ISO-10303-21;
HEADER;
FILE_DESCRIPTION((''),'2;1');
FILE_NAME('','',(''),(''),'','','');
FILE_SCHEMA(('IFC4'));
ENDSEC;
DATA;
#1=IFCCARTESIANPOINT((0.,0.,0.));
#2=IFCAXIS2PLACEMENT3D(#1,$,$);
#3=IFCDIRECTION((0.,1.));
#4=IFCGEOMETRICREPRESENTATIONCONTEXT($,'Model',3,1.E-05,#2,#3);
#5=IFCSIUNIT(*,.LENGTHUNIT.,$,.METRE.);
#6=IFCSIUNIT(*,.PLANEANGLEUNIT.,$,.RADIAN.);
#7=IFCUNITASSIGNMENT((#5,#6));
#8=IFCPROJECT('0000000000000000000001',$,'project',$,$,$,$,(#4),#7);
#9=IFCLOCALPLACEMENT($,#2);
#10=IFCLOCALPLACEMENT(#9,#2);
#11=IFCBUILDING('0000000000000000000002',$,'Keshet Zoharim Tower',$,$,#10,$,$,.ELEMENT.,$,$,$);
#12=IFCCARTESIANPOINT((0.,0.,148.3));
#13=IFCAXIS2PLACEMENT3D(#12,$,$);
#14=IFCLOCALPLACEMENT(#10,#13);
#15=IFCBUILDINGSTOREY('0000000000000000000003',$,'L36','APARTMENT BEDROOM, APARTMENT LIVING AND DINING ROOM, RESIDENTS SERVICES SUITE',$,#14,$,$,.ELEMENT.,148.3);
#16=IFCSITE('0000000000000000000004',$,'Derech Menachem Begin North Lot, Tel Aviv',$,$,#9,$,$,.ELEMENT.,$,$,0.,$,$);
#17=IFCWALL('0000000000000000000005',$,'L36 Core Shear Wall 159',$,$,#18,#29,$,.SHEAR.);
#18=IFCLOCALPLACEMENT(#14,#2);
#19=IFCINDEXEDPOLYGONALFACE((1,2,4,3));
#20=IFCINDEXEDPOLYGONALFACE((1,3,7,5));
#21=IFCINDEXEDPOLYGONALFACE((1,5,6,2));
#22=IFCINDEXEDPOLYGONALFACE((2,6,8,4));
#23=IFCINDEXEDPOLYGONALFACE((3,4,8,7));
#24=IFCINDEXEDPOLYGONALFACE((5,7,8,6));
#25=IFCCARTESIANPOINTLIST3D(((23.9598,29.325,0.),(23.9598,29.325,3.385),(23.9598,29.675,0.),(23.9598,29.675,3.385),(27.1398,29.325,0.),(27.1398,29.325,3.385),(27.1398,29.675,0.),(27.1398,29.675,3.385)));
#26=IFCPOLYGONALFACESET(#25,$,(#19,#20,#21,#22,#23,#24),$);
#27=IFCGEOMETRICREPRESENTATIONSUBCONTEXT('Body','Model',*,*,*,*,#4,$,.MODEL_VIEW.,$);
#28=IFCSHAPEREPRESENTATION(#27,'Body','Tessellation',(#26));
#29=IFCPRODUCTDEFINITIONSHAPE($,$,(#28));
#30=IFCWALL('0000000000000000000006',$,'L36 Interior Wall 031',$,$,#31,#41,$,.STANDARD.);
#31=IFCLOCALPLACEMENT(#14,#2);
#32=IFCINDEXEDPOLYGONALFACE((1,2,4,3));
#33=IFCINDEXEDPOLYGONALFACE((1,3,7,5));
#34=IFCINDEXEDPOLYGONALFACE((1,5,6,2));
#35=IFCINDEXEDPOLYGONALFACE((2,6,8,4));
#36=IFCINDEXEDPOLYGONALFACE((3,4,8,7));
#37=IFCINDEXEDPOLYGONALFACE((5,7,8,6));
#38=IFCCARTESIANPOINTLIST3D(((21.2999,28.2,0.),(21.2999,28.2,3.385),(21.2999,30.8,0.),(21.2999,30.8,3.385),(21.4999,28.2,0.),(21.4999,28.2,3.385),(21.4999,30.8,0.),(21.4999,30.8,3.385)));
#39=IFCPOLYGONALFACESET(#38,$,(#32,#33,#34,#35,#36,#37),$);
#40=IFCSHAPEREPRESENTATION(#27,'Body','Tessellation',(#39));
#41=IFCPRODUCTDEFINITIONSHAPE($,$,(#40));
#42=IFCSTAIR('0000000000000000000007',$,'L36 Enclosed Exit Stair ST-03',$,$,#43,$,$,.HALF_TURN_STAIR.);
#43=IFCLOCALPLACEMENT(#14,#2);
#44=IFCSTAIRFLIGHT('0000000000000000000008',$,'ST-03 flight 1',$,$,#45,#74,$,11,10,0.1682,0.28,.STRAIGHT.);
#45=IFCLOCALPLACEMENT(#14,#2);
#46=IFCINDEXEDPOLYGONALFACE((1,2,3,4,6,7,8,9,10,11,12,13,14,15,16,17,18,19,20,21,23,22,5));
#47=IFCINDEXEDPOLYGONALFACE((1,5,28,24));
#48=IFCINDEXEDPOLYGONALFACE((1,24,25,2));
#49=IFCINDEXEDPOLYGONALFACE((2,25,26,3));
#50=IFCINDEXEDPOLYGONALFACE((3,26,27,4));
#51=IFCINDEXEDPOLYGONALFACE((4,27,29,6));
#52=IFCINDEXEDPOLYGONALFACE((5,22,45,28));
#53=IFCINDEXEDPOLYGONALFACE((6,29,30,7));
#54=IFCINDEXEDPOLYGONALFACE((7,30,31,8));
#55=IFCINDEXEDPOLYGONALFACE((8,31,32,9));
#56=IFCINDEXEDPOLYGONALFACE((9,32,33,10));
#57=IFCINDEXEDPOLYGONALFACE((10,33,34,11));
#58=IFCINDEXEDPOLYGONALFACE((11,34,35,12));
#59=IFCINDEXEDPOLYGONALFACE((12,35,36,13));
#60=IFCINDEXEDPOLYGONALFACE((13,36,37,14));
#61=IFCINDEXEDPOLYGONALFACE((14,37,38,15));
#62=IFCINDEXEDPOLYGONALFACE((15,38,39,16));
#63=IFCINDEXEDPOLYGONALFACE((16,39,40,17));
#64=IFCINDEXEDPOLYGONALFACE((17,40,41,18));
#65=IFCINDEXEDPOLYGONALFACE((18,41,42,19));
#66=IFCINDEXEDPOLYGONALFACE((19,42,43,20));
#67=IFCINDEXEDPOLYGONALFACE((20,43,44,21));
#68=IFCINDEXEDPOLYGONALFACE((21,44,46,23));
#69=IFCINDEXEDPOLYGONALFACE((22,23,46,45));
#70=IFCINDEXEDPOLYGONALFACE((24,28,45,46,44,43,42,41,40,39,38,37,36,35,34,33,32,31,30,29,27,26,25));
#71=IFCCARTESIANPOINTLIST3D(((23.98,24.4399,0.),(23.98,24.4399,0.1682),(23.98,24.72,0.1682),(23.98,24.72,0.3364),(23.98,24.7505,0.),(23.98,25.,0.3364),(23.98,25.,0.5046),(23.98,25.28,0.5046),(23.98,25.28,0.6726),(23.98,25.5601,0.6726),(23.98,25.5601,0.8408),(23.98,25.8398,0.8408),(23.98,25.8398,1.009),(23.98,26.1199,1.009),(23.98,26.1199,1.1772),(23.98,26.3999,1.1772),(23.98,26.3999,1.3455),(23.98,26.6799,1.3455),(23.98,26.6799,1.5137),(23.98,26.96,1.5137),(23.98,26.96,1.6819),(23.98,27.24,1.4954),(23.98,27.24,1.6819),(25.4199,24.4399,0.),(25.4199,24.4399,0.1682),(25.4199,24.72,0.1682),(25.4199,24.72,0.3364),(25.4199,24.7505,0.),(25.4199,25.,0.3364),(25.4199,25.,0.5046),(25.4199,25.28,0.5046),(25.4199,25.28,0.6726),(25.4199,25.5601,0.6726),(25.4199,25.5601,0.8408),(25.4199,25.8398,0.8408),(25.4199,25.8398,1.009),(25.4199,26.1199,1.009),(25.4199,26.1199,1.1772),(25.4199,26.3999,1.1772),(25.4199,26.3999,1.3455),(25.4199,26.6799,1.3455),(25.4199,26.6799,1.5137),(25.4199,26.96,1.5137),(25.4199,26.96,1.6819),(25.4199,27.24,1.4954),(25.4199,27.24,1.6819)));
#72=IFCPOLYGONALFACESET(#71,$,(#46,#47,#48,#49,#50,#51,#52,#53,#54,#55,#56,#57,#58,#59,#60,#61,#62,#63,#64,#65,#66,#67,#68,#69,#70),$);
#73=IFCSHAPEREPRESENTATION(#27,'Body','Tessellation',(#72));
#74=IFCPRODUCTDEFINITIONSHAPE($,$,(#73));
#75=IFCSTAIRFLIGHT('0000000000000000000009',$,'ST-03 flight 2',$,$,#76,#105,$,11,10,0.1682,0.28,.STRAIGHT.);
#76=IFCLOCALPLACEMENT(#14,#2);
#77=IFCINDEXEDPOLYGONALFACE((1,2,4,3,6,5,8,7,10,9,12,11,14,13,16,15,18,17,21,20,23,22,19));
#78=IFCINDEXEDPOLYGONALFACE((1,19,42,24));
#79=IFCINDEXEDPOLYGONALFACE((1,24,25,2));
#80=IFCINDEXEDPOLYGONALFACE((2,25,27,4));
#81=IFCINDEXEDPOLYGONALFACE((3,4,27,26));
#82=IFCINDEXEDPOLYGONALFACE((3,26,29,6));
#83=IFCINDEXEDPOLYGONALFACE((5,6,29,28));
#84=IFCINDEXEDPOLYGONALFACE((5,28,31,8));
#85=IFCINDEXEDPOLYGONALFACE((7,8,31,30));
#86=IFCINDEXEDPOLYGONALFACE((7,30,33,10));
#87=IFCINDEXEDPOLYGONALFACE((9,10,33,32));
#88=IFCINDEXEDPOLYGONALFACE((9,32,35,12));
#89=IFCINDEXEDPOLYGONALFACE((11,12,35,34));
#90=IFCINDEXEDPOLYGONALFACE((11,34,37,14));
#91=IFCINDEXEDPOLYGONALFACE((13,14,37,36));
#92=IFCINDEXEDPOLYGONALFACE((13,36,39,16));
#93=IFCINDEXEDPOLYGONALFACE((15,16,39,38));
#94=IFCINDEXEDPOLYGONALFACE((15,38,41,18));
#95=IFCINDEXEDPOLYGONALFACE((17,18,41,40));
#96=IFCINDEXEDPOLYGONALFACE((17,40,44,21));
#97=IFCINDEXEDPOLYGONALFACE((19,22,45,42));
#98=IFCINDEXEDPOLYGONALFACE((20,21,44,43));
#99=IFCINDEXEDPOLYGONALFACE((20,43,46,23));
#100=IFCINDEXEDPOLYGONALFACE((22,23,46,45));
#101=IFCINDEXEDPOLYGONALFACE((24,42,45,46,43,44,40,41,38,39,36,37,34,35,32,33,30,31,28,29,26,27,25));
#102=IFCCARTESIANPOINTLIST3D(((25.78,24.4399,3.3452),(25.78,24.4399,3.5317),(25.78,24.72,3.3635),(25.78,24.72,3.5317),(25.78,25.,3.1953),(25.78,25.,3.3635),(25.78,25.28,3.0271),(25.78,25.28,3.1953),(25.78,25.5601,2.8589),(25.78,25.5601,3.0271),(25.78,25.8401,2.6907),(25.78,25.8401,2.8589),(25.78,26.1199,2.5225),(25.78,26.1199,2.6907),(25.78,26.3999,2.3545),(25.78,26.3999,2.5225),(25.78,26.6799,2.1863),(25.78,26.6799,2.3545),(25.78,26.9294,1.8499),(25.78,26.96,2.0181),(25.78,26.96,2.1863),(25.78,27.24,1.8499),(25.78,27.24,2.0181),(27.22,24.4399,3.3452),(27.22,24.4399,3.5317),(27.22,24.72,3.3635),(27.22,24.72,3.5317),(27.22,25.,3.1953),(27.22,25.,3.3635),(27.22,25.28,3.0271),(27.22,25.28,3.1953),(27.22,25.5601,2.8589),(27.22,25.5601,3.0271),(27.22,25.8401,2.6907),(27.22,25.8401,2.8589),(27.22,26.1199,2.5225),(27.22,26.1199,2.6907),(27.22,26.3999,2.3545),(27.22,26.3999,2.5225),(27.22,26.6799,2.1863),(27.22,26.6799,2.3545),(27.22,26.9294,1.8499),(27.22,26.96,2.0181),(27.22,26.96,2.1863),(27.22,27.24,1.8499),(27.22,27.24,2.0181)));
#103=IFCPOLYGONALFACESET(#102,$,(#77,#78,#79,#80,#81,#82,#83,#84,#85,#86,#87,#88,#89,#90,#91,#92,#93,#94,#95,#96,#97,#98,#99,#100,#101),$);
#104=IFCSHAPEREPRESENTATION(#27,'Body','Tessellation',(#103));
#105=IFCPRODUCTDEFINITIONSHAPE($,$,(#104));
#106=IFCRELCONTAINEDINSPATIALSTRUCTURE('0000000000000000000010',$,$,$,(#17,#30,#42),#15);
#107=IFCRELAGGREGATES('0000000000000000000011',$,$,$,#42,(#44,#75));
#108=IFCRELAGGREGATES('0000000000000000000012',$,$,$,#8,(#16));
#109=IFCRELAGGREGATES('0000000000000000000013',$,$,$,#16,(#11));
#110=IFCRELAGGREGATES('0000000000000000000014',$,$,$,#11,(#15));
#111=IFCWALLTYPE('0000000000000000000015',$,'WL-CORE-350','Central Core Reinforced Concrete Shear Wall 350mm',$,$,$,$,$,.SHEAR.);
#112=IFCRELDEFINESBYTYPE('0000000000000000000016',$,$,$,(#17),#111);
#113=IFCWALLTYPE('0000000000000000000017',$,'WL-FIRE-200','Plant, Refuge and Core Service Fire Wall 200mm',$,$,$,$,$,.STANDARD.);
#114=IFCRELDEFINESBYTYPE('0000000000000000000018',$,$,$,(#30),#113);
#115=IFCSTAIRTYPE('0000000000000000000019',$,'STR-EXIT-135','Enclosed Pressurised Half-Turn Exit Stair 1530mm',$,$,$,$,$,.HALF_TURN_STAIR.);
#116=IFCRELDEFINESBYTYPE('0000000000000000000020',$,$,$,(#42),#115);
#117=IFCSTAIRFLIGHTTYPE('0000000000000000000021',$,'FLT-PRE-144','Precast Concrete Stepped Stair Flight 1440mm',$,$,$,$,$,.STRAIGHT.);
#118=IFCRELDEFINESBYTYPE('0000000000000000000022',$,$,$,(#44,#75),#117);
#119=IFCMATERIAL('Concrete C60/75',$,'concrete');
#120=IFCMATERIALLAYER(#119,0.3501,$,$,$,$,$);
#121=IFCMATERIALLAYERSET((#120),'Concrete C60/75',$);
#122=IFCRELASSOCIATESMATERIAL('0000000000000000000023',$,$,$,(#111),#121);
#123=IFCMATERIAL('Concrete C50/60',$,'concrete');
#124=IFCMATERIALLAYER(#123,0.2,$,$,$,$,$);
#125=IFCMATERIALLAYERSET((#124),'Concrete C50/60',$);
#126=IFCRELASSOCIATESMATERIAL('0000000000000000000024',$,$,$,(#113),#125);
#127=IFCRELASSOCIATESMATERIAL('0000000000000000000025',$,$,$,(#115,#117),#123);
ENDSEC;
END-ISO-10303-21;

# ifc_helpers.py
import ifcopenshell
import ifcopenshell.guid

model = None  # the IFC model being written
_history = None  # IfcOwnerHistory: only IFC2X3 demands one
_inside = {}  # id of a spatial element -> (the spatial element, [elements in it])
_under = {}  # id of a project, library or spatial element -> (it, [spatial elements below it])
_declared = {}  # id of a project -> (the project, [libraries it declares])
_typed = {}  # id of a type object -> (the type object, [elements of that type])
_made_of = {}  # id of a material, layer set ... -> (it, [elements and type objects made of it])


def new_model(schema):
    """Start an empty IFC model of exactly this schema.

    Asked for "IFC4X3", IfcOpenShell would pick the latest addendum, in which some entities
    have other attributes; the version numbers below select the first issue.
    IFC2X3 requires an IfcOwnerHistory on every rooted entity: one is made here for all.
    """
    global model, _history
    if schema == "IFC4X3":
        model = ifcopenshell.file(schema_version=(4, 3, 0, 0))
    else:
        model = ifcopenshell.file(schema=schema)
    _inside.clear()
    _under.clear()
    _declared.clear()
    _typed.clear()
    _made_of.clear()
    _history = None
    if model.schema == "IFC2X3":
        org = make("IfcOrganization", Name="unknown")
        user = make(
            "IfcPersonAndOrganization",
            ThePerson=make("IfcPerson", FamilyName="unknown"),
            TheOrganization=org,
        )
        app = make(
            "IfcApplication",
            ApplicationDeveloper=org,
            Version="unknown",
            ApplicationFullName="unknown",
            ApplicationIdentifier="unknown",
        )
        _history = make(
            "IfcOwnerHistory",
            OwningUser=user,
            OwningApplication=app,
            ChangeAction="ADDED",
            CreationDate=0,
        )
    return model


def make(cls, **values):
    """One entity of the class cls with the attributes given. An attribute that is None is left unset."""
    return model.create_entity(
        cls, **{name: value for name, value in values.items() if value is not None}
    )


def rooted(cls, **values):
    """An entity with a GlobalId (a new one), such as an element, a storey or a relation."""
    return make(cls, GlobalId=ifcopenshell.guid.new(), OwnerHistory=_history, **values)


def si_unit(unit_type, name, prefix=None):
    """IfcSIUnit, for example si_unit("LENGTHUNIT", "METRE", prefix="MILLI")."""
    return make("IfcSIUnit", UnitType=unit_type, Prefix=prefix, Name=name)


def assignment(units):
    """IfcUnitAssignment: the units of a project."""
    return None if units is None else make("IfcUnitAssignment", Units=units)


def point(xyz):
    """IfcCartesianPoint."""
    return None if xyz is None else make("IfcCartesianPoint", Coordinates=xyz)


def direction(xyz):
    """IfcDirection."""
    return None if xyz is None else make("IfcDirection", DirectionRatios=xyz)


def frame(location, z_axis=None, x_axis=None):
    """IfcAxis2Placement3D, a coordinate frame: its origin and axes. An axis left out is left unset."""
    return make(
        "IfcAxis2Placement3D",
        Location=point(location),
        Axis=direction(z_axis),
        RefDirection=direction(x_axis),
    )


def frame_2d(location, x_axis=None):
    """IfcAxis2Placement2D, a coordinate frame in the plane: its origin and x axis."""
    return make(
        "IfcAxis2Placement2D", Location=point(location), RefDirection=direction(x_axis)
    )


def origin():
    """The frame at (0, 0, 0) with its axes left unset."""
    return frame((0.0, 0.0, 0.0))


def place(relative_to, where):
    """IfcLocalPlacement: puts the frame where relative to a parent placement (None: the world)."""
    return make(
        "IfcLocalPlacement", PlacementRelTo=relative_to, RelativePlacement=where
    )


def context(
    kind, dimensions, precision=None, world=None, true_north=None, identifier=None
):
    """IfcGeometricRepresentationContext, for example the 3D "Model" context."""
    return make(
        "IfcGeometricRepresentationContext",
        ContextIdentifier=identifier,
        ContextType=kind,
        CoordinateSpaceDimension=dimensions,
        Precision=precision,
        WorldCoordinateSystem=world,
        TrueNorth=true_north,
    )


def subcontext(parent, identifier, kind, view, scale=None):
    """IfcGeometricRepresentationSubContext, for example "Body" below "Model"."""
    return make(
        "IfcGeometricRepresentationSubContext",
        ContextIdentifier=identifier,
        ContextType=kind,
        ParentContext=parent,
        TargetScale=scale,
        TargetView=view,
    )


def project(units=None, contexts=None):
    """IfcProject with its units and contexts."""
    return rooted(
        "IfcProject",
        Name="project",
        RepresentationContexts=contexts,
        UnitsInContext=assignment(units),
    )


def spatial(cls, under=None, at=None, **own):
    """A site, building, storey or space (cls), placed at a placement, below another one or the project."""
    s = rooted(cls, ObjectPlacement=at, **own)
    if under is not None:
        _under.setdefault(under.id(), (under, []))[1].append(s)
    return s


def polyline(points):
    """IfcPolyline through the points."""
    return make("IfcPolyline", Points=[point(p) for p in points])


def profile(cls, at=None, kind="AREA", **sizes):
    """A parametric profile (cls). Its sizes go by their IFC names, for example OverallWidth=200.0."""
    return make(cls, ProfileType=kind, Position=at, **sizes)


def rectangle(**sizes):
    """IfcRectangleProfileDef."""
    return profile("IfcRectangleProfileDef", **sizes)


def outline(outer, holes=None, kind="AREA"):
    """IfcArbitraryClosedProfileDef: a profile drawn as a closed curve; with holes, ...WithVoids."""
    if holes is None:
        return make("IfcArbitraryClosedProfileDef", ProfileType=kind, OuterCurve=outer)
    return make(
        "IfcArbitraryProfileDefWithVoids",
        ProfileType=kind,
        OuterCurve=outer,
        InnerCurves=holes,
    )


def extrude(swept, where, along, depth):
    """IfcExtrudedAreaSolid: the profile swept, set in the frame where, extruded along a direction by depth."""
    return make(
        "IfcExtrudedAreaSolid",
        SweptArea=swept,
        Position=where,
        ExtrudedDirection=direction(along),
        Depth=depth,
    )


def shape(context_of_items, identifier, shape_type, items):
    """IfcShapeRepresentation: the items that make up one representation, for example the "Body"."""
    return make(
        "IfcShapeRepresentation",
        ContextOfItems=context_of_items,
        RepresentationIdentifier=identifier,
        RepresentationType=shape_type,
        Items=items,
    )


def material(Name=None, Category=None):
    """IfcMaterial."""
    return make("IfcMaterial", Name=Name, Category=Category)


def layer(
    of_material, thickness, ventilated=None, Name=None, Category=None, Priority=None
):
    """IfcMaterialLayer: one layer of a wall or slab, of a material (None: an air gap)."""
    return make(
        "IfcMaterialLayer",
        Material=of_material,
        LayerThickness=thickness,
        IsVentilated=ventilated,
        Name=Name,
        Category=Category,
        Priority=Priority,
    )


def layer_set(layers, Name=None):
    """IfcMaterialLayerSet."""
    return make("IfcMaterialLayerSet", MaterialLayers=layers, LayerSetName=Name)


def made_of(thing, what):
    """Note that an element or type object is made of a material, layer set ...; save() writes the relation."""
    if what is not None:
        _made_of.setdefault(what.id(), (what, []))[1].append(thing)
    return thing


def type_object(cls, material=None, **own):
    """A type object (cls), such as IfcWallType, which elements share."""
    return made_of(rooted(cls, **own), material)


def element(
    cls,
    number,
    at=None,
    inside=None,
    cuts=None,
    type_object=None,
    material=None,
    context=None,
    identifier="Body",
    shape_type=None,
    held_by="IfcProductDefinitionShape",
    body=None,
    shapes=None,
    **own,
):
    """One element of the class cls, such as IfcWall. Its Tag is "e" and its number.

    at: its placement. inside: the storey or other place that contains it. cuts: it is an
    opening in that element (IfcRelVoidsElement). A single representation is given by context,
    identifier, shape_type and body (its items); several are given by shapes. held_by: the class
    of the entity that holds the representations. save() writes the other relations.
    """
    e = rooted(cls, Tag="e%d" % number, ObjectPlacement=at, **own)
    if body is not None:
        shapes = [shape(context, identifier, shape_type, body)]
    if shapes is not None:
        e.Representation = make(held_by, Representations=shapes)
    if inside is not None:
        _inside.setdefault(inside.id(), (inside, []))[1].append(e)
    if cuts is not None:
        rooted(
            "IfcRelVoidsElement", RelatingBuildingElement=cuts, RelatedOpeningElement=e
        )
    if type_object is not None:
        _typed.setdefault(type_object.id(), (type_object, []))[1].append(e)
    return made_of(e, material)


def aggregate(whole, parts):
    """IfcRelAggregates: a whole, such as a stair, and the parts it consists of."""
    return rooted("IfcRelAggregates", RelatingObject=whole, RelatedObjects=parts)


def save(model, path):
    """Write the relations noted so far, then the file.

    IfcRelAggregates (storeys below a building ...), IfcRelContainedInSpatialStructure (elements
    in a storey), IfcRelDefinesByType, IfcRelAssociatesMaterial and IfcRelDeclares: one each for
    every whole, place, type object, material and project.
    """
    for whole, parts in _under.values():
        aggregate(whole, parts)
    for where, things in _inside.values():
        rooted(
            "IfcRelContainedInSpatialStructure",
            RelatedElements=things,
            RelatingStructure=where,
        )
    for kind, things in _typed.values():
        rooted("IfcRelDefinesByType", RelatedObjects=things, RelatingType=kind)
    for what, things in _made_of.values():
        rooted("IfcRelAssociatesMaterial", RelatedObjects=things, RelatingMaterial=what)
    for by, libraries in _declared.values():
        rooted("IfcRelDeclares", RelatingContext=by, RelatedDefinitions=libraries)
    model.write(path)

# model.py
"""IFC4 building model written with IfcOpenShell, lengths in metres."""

from ifc_helpers import new_model, si_unit, direction, frame, frame_2d, origin, place, context, subcontext, project, spatial, polyline, rectangle, outline, extrude, material, layer, layer_set, type_object, element, aggregate, save


model = new_model("IFC4")

# Units and contexts
model_context = context("Model", 3, precision=1e-05, world=origin(), true_north=direction((0.0, 1.0)))
body_context = subcontext(model_context, "Body", "Model", "MODEL_VIEW")
ifc_project = project(units=[si_unit("LENGTHUNIT", "METRE"), si_unit("PLANEANGLEUNIT", "RADIAN")], contexts=[model_context])

# Site, building, storey
site_placement = place(None, origin())
site = spatial("IfcSite", under=ifc_project, at=site_placement, Name="Derech Menachem Begin North Lot, Tel Aviv", CompositionType="ELEMENT", RefElevation=0.0)
building_placement = place(site_placement, origin())
building = spatial("IfcBuilding", under=site, at=building_placement, Name="Keshet Zoharim Tower", CompositionType="ELEMENT")
storey_placement = place(building_placement, frame((0.0, 0.0, 148.3)))
storey = spatial("IfcBuildingStorey", under=building, at=storey_placement, Name="L36", Description="APARTMENT BEDROOM, APARTMENT LIVING AND DINING ROOM, RESIDENTS SERVICES SUITE", CompositionType="ELEMENT", Elevation=148.3)

# Shared definitions
ifc_material_1 = material(Name="Concrete C60/75", Category="concrete")
ifc_layer_1 = layer(ifc_material_1, 0.3501)
ifc_layer_set_1 = layer_set([ifc_layer_1], Name="Concrete C60/75")
wall_type_1 = type_object("IfcWallType", Name="WL-CORE-350", Description="Central Core Reinforced Concrete Shear Wall 350mm", PredefinedType="SHEAR", material=ifc_layer_set_1)

# Walls
wall_1_placement = place(storey_placement, frame((23.96, 29.5, 0.0), z_axis=(0.0, 0.0, 1.0), x_axis=(1.0, 0.0, 0.0)))
element("IfcWall", 1, at=wall_1_placement, inside=storey, type_object=wall_type_1, Name="L36 Core Shear Wall 159", PredefinedType="SHEAR", context=body_context, shape_type="SweptSolid", body=[
    extrude(rectangle(XDim=3.1799, YDim=0.3501, at=frame_2d((1.5898, 0.0))), origin(), (0.0, 0.0, 1.0), 3.385),
])
ifc_material_2 = material(Name="Concrete C50/60", Category="concrete")
ifc_layer_2 = layer(ifc_material_2, 0.2)
ifc_layer_set_2 = layer_set([ifc_layer_2], Name="Concrete C50/60")
wall_type_2 = type_object("IfcWallType", Name="WL-FIRE-200", Description="Plant, Refuge and Core Service Fire Wall 200mm", PredefinedType="STANDARD", material=ifc_layer_set_2)
wall_2_placement = place(storey_placement, frame((21.3999, 28.2, 0.0), z_axis=(0.0, 0.0, 1.0), x_axis=(0.0, 1.0, 0.0)))
element("IfcWall", 2, at=wall_2_placement, inside=storey, type_object=wall_type_2, Name="L36 Interior Wall 031", PredefinedType="STANDARD", context=body_context, shape_type="SweptSolid", body=[
    extrude(rectangle(XDim=2.6001, YDim=0.2, at=frame_2d((1.3, 0.0))), origin(), (0.0, 0.0, 1.0), 3.385),
])

# Stair, stair flights
stair_type = type_object("IfcStairType", Name="STR-EXIT-135", Description="Enclosed Pressurised Half-Turn Exit Stair 1530mm", PredefinedType="HALF_TURN_STAIR", material=ifc_material_2)
stair_placement = place(storey_placement, origin())
stair = element("IfcStair", 3, at=stair_placement, inside=storey, type_object=stair_type, Name="L36 Enclosed Exit Stair ST-03", PredefinedType="HALF_TURN_STAIR")
stair_flight_type = type_object("IfcStairFlightType", Name="FLT-PRE-144", Description="Precast Concrete Stepped Stair Flight 1440mm", PredefinedType="STRAIGHT", material=ifc_material_2)
stair_flight_1_placement = place(storey_placement, frame((24.7, 24.4399, 0.0), z_axis=(0.0, 0.0, 1.0), x_axis=(0.0, 1.0, 0.0)))
stair_flight_1 = element("IfcStairFlight", 4, at=stair_flight_1_placement, type_object=stair_flight_type, Name="ST-03 flight 1", NumberOfRisers=11, NumberOfTreads=10, PredefinedType="STRAIGHT", RiserHeight=0.1682, TreadLength=0.28, context=body_context, shape_type="SweptSolid", body=[
    extrude(outline(polyline([(0.0, 0.0), (0.0, 0.1682), (0.28, 0.1682), (0.28, 0.3364), (0.5601, 0.3364), (0.5601, 0.5046), (0.8401, 0.5046), (0.8401, 0.6726), (1.1201, 0.6726), (1.1201, 0.8408), (1.3999, 0.8408), (1.3999, 1.009), (1.6799, 1.009), (1.6799, 1.1772), (1.96, 1.1772), (1.96, 1.3455), (2.24, 1.3455), (2.24, 1.5137), (2.52, 1.5137), (2.52, 1.6819), (2.8, 1.6819), (2.8, 1.8501), (2.8, 1.4954), (0.3105, 0.0), (0.0, 0.0)])), frame((0.0, 0.72, 0.0), z_axis=(0.0, -1.0, 0.0), x_axis=(1.0, 0.0, 0.0)), (0.0, 0.0, 1.0), 1.4399),
])
stair_flight_2_placement = place(storey_placement, frame((26.5, 27.24, 1.8499), z_axis=(0.0, 0.0, 1.0), x_axis=(0.0, -1.0, 0.0)))
stair_flight_2 = element("IfcStairFlight", 5, at=stair_flight_2_placement, type_object=stair_flight_type, Name="ST-03 flight 2", NumberOfRisers=11, NumberOfTreads=10, PredefinedType="STRAIGHT", RiserHeight=0.1682, TreadLength=0.28, context=body_context, shape_type="SweptSolid", body=[
    extrude(outline(polyline([(0.0, 0.0), (0.0, 0.1682), (0.28, 0.1682), (0.28, 0.3364), (0.5601, 0.3364), (0.5601, 0.5046), (0.8401, 0.5046), (0.8401, 0.6726), (1.1201, 0.6726), (1.1201, 0.8408), (1.3999, 0.8408), (1.3999, 1.009), (1.6799, 1.009), (1.6799, 1.1772), (1.96, 1.1772), (1.96, 1.3455), (2.24, 1.3455), (2.24, 1.5137), (2.52, 1.5137), (2.52, 1.6819), (2.8, 1.6819), (2.8, 1.8501), (2.8, 1.4954), (0.3105, 0.0), (0.0, 0.0)])), frame((0.0, 0.72, 0.0), z_axis=(0.0, -1.0, 0.0), x_axis=(1.0, 0.0, 0.0)), (0.0, 0.0, 1.0), 1.4399),
])
aggregate(stair, [stair_flight_1, stair_flight_2])

save(model, "model.ifc")
